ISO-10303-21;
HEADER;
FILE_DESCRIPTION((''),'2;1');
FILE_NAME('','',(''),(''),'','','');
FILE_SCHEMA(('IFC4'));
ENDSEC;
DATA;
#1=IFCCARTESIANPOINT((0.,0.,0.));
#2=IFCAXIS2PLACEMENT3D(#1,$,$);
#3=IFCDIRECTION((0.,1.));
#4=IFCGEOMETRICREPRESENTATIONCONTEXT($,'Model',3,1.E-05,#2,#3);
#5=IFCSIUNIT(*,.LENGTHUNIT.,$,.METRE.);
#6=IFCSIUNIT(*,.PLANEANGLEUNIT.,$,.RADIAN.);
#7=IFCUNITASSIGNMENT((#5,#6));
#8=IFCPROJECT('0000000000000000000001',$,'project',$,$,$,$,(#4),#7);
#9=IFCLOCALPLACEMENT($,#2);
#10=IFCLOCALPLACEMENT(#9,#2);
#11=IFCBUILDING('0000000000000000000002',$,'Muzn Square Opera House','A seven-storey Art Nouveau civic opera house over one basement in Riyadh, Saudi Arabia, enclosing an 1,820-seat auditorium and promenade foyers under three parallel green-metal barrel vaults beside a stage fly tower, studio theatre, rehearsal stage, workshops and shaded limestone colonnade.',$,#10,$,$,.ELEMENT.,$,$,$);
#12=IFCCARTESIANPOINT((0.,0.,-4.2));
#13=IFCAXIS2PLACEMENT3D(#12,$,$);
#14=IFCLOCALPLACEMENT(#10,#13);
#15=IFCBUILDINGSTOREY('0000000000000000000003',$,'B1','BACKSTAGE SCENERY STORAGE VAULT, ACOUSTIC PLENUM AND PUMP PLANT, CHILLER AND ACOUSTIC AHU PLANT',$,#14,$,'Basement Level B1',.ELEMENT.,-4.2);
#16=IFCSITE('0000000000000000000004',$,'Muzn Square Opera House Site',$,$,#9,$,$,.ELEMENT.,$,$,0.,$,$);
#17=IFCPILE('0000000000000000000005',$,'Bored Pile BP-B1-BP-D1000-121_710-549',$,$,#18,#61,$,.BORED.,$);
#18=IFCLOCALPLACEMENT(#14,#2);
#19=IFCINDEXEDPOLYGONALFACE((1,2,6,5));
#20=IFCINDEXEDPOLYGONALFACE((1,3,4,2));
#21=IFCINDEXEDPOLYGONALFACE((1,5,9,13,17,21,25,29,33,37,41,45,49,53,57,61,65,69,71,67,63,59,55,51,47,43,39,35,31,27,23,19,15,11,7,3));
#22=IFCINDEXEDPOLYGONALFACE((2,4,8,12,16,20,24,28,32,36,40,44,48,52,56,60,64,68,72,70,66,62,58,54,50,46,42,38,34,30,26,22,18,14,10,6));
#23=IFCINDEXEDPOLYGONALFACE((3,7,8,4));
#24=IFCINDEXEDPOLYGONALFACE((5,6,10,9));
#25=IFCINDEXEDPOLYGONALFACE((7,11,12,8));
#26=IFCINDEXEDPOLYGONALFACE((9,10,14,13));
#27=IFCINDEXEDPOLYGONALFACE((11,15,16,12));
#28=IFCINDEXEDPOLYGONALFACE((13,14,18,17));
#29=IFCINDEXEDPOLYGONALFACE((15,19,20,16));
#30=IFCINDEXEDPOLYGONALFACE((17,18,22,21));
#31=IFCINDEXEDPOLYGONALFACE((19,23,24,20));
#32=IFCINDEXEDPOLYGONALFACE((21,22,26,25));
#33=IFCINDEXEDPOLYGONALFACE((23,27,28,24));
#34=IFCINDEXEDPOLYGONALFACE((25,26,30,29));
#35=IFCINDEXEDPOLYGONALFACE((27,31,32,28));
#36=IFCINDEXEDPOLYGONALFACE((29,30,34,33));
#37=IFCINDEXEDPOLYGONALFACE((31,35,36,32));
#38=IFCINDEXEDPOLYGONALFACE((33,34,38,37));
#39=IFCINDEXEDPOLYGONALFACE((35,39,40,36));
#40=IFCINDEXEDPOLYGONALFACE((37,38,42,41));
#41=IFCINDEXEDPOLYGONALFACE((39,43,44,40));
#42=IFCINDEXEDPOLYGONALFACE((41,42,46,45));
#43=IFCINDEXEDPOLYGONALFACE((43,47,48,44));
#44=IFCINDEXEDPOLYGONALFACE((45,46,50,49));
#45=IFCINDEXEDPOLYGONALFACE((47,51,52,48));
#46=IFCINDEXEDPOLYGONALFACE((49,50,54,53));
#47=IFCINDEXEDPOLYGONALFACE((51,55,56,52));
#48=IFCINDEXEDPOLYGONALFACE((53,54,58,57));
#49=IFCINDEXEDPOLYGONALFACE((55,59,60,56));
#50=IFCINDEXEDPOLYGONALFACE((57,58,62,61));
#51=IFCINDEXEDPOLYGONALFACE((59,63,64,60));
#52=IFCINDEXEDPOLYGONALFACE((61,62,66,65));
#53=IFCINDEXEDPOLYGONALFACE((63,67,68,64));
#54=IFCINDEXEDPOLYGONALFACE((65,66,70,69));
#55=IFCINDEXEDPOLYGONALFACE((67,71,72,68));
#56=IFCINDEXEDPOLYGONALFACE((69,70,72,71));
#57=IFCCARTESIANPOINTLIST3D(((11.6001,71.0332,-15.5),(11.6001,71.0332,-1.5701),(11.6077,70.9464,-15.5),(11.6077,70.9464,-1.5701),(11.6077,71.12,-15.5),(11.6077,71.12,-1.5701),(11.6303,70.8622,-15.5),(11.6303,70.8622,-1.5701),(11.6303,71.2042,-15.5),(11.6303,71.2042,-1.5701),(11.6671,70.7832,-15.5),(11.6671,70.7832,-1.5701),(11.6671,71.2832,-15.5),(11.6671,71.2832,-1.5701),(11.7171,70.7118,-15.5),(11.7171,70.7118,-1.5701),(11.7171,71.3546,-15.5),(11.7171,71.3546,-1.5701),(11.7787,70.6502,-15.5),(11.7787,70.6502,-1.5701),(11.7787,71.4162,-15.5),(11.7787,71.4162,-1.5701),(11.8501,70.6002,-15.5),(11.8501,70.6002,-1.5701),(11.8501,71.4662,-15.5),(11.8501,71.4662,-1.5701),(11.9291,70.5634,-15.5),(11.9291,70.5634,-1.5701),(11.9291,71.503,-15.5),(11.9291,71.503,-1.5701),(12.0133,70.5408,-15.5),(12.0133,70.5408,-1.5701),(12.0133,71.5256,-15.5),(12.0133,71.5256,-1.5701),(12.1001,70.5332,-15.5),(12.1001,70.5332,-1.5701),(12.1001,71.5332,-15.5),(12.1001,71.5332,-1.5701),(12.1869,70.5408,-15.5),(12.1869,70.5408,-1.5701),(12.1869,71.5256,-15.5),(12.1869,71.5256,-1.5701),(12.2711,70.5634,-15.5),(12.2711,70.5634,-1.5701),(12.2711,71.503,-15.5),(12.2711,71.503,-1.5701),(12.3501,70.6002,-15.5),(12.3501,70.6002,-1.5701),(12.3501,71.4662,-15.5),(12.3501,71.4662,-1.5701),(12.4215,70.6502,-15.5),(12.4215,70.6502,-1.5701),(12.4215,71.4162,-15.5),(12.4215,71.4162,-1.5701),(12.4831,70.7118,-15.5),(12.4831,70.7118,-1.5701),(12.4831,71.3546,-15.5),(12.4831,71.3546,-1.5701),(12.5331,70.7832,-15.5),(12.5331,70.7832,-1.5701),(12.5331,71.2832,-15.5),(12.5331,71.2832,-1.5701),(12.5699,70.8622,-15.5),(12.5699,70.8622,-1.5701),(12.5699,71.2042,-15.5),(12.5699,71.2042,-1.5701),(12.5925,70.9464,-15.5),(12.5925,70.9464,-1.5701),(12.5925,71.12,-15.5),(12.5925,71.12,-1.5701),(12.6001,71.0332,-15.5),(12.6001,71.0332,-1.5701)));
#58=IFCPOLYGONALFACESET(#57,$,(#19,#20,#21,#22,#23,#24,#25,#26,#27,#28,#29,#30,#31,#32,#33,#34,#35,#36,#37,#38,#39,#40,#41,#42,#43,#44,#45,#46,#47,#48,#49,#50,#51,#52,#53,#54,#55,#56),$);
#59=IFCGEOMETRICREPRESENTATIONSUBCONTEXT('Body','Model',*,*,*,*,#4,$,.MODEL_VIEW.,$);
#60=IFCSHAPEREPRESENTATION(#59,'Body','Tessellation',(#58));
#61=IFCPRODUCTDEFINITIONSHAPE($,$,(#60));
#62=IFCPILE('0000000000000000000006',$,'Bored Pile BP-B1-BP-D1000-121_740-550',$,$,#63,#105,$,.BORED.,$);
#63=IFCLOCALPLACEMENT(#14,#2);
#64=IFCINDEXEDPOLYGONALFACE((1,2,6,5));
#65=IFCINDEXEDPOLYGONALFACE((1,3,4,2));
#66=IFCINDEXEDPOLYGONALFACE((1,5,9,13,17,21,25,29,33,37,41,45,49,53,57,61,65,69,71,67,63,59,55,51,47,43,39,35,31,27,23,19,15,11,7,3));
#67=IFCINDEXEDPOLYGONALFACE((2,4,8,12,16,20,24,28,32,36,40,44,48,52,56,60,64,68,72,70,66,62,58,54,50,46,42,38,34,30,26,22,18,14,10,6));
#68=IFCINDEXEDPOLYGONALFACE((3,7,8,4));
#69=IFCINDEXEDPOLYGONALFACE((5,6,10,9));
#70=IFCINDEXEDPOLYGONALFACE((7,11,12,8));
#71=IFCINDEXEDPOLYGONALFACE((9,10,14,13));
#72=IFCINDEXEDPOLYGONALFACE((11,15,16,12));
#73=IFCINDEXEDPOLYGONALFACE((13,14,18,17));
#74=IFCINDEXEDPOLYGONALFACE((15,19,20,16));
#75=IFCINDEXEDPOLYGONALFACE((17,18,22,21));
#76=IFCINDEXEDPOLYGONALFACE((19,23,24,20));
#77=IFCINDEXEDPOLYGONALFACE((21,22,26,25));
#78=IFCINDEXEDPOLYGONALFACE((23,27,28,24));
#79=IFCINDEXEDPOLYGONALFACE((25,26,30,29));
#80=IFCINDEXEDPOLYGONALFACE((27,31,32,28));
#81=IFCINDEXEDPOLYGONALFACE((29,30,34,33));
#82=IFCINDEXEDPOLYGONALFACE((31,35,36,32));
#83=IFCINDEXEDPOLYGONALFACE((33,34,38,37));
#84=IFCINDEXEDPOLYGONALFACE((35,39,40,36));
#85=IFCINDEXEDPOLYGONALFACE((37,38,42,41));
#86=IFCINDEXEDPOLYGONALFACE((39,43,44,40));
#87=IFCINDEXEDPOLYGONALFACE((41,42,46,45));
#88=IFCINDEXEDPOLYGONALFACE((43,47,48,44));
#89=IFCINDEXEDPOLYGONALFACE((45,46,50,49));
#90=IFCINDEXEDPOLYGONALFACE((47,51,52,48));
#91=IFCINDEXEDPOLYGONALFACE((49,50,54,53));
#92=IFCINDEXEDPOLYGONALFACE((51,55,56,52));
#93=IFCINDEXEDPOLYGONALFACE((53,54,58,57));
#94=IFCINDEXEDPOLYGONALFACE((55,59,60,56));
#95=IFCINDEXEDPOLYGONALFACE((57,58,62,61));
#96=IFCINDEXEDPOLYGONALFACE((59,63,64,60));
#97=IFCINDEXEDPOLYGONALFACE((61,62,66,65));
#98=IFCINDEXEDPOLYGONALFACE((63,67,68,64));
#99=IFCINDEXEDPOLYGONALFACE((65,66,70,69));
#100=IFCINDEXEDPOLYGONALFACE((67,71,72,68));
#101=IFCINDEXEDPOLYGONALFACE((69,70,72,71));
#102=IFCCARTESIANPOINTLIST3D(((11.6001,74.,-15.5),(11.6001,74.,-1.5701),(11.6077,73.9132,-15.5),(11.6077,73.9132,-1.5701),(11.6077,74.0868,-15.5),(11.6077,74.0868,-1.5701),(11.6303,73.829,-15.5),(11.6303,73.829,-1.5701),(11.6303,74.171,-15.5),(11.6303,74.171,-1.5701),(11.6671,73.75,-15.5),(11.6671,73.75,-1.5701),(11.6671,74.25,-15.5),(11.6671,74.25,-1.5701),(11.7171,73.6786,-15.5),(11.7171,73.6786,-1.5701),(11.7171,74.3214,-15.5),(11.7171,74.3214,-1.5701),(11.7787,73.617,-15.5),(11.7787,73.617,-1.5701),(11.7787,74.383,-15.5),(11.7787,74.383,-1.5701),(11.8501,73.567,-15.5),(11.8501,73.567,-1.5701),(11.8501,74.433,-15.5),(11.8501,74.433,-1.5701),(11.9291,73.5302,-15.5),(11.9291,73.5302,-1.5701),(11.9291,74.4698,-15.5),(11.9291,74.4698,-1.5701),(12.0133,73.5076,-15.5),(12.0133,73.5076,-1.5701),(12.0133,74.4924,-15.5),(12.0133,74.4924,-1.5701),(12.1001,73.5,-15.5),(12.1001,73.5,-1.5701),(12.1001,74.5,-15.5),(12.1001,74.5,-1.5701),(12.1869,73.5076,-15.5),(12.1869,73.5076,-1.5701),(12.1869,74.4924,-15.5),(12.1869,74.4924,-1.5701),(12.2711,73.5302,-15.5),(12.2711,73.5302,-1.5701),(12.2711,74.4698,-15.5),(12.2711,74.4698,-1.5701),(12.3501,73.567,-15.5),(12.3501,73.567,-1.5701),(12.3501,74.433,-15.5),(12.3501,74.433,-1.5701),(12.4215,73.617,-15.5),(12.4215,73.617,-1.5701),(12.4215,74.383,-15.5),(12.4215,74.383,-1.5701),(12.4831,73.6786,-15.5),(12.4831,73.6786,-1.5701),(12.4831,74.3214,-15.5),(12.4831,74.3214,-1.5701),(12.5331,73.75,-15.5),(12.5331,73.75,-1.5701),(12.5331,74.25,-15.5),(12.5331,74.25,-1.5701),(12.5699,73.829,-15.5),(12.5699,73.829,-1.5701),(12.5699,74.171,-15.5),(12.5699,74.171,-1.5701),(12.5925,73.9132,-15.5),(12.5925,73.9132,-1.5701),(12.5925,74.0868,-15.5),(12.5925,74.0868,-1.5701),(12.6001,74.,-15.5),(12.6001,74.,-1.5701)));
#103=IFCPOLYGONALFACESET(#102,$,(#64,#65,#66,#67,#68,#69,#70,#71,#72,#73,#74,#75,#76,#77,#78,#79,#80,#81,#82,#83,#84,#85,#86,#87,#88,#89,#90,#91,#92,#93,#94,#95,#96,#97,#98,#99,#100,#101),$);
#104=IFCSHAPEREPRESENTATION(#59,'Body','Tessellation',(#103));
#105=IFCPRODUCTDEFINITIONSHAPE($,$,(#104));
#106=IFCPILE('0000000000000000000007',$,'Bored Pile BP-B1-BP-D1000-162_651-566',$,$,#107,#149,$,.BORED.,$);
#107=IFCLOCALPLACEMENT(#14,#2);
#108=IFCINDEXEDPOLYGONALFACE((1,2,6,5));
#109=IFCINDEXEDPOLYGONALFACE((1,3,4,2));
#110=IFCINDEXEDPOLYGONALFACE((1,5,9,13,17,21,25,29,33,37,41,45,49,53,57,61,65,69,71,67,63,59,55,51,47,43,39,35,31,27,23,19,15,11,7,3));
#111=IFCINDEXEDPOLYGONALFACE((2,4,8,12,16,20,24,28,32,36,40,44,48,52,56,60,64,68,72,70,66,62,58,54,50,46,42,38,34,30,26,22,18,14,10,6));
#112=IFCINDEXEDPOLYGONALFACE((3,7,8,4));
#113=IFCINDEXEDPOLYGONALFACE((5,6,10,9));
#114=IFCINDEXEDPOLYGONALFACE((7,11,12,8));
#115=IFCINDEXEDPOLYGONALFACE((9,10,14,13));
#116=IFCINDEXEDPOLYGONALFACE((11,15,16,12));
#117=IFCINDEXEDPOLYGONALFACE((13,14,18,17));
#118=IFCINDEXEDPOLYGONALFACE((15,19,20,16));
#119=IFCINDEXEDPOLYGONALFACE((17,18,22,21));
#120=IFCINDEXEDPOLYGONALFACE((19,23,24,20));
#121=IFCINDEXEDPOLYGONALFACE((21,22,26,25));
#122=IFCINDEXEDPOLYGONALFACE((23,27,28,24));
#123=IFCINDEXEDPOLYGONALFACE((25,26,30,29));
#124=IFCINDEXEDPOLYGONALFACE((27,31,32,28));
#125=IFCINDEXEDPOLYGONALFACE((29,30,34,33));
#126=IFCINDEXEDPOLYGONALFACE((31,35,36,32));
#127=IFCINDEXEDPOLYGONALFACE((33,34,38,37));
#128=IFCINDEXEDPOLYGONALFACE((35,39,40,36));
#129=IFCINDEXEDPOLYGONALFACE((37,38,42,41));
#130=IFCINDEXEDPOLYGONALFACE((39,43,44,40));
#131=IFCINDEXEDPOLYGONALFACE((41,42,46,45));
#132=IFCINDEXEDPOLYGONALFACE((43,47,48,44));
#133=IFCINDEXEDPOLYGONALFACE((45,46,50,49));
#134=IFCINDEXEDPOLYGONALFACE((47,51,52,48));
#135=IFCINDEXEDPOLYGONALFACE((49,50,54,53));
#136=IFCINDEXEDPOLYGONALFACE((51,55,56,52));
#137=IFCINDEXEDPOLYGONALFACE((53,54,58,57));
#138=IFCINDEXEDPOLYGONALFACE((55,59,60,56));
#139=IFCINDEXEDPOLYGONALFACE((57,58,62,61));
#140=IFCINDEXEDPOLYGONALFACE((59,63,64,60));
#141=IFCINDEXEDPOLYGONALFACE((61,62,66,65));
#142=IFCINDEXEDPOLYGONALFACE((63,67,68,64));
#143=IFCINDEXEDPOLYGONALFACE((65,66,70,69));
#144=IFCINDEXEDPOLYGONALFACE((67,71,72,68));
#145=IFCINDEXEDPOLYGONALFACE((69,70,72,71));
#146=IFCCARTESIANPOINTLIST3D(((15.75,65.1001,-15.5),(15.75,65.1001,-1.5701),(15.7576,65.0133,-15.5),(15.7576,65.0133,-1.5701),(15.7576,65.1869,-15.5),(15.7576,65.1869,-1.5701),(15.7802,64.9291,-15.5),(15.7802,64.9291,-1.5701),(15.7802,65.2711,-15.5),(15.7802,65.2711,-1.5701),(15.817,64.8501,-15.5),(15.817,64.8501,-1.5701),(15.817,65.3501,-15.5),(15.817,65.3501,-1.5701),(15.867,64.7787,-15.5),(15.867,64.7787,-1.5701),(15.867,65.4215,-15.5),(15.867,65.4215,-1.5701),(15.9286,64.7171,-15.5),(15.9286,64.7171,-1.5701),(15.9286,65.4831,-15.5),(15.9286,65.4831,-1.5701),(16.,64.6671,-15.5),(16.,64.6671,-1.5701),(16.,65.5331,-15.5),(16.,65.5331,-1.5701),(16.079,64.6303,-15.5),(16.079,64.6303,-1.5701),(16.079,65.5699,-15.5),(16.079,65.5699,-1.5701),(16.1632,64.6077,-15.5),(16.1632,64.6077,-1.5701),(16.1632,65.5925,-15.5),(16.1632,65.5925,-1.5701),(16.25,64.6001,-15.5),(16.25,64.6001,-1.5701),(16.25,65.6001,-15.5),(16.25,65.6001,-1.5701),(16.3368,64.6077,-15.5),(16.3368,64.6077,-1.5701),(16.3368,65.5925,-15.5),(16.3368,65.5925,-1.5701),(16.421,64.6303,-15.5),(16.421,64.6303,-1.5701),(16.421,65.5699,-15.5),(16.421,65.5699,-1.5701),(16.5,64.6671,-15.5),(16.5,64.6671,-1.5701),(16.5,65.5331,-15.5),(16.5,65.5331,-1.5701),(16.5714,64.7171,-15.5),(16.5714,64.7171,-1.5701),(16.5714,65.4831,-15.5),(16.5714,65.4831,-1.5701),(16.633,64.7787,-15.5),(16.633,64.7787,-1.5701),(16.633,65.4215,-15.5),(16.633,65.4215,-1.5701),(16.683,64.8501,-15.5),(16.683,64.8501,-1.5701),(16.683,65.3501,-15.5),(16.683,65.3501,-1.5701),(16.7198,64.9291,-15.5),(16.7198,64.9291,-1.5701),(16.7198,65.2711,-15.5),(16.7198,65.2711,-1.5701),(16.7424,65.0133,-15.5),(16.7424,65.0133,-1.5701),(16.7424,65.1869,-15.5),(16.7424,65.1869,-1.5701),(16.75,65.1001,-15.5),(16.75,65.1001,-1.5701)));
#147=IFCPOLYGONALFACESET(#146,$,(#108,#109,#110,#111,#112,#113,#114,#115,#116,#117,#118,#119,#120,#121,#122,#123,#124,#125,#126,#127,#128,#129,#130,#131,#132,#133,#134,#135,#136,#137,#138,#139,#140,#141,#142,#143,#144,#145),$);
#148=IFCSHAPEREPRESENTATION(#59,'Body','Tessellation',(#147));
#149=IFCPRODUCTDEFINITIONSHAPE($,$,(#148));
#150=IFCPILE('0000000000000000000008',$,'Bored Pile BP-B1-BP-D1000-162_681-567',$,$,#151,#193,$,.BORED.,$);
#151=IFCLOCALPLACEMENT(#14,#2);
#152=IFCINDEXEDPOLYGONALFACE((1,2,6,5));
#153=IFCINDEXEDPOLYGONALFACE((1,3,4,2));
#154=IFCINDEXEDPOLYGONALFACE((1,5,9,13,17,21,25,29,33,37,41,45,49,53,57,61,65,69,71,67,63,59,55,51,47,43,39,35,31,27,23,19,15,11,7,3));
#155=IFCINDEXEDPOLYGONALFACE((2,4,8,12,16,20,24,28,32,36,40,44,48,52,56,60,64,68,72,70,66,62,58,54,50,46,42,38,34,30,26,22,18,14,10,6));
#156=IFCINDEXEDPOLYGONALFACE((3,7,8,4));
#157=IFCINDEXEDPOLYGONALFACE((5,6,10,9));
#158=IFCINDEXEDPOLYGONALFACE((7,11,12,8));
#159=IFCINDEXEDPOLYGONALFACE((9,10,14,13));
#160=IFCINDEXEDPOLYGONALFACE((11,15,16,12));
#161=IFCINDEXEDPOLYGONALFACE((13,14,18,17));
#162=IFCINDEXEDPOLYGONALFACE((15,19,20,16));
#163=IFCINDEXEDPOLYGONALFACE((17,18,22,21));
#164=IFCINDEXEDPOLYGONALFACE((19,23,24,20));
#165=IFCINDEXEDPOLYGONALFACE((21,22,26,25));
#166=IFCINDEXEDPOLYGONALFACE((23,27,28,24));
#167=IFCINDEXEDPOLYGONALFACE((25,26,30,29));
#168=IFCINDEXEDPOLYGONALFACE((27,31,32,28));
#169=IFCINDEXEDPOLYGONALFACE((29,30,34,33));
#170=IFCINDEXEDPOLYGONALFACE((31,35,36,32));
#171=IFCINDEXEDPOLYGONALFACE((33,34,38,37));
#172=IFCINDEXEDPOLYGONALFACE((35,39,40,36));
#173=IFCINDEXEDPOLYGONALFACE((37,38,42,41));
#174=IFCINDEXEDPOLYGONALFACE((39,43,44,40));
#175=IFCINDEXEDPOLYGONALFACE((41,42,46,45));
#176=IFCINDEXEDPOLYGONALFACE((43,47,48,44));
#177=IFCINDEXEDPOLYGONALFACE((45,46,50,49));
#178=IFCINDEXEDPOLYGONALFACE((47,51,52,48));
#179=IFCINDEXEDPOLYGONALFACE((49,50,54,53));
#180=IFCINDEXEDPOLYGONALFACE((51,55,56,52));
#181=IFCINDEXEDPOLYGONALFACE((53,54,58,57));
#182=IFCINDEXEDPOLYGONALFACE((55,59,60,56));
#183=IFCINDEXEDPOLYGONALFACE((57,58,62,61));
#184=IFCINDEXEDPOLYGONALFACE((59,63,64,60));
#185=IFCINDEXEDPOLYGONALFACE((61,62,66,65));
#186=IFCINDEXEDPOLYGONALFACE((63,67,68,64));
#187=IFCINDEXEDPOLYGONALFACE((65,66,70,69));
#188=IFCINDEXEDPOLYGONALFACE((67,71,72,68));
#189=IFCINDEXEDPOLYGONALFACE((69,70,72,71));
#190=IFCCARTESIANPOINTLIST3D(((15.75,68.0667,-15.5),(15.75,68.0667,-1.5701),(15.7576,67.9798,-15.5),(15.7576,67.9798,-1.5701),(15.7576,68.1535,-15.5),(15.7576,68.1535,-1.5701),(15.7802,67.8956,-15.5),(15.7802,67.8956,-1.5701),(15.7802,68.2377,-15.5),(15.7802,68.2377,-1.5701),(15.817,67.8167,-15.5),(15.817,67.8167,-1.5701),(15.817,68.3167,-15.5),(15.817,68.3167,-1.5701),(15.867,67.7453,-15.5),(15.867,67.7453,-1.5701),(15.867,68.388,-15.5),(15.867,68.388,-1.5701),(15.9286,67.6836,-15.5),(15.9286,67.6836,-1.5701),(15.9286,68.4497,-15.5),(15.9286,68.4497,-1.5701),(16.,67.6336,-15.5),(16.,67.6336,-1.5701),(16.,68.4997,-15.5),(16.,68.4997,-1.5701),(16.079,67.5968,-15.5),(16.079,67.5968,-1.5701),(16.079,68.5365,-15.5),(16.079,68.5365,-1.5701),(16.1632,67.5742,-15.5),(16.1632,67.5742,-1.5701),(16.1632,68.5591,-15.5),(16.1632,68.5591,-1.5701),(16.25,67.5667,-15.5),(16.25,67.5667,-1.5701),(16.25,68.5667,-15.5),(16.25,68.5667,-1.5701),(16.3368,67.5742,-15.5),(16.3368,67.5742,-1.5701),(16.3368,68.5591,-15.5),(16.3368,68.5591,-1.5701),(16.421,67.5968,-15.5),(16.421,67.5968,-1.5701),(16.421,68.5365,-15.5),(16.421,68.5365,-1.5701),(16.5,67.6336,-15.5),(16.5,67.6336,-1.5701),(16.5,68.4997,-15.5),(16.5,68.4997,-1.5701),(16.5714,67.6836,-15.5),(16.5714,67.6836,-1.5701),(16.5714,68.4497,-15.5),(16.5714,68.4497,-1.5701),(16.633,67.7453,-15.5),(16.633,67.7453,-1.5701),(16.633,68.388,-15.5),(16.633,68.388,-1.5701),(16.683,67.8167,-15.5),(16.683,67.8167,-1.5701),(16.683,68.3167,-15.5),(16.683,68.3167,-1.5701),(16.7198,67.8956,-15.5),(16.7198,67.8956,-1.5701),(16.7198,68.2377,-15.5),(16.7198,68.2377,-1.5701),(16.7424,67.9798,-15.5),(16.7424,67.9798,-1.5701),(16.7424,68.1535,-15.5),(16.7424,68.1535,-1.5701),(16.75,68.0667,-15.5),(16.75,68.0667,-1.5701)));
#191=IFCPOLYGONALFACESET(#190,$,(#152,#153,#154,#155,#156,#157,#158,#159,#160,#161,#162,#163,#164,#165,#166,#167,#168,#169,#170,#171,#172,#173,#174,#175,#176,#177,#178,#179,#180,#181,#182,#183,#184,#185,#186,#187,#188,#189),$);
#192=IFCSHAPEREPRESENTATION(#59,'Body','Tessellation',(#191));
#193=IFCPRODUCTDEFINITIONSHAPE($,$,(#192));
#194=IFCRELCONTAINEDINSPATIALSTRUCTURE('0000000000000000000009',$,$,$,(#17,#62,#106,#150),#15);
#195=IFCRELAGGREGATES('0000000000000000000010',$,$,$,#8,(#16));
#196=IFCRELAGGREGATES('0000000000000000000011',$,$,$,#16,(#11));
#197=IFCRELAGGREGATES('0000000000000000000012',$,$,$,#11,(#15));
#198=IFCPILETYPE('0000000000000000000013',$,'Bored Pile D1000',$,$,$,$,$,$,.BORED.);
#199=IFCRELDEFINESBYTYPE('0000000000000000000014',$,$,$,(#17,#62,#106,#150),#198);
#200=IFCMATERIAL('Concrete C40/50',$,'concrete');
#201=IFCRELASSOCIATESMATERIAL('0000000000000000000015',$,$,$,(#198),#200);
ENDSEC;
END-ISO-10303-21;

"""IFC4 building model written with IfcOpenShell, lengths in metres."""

from ifc_helpers import new_model, si_unit, direction, frame, origin, origin_2d, place, context, subcontext, project, spatial, circle, extrude, material, material_profile, profile_set, type_object, element, save


model = new_model("IFC4")

# Units and contexts
model_context = context("Model", 3, precision=1e-05, world=origin(), true_north=direction((0.0, 1.0)))
body_context = subcontext(model_context, "Body", "Model", "MODEL_VIEW")
ifc_project = project(units=[si_unit("LENGTHUNIT", "METRE"), si_unit("PLANEANGLEUNIT", "RADIAN")], contexts=[model_context])

# Site, building, storey
site_placement = place(None, origin())
site = spatial("IfcSite", under=ifc_project, at=site_placement, Name="Muzn Square Opera House Site", CompositionType="ELEMENT", RefElevation=0.0)
building_placement = place(site_placement, origin())
building = spatial("IfcBuilding", under=site, at=building_placement, Name="Muzn Square Opera House", Description="A seven-storey Art Nouveau civic opera house over one basement in Riyadh, Saudi Arabia, enclosing an 1,820-seat auditorium and promenade foyers under three parallel green-metal barrel vaults beside a stage fly tower, studio theatre, rehearsal stage, workshops and shaded limestone colonnade.", CompositionType="ELEMENT")
storey_placement = place(building_placement, frame((0.0, 0.0, -4.2)))
storey = spatial("IfcBuildingStorey", under=building, at=storey_placement, Name="B1", Description="BACKSTAGE SCENERY STORAGE VAULT, ACOUSTIC PLENUM AND PUMP PLANT, CHILLER AND ACOUSTIC AHU PLANT", LongName="Basement Level B1", CompositionType="ELEMENT", Elevation=-4.2)

# Piles
ifc_material_1 = material(Name="Concrete C40/50", Category="concrete")
ifc_material_profile_1 = material_profile(ifc_material_1, circle(Radius=0.5, at=origin_2d()), Name="BORED PILE D1000", Category="concrete")
ifc_profile_set_1 = profile_set([ifc_material_profile_1], Name="Concrete C40/50")
pile_type = type_object("IfcPileType", Name="Bored Pile D1000", PredefinedType="BORED", material=ifc_profile_set_1)
for number, where, z_axis, x_axis, name in (
    (1, (12.1001, 71.0332, -1.5701), (0.0, 0.0, -1.0), (1.0, 0.0, 0.0), "Bored Pile BP-B1-BP-D1000-121_710-549"),
    (2, (12.1001, 74.0, -1.5701), (0.0, 0.0, -1.0), (1.0, 0.0, 0.0), "Bored Pile BP-B1-BP-D1000-121_740-550"),
    (3, (16.25, 65.1001, -1.5701), (0.0, 0.0, -1.0), (1.0, 0.0, 0.0), "Bored Pile BP-B1-BP-D1000-162_651-566"),
    (4, (16.25, 68.0667, -1.5701), (0.0, 0.0, -1.0), (1.0, 0.0, 0.0), "Bored Pile BP-B1-BP-D1000-162_681-567"),
):
    element("IfcPile", number, at=place(storey_placement, frame(where, z_axis=z_axis, x_axis=x_axis)), inside=storey, type_object=pile_type, Name=name, PredefinedType="BORED", context=body_context, shape_type="SweptSolid", body=[
        extrude(circle(Radius=0.5, at=origin_2d()), origin(), (0.0, 0.0, 1.0), 13.9299),
    ])

save(model, "model.ifc")
